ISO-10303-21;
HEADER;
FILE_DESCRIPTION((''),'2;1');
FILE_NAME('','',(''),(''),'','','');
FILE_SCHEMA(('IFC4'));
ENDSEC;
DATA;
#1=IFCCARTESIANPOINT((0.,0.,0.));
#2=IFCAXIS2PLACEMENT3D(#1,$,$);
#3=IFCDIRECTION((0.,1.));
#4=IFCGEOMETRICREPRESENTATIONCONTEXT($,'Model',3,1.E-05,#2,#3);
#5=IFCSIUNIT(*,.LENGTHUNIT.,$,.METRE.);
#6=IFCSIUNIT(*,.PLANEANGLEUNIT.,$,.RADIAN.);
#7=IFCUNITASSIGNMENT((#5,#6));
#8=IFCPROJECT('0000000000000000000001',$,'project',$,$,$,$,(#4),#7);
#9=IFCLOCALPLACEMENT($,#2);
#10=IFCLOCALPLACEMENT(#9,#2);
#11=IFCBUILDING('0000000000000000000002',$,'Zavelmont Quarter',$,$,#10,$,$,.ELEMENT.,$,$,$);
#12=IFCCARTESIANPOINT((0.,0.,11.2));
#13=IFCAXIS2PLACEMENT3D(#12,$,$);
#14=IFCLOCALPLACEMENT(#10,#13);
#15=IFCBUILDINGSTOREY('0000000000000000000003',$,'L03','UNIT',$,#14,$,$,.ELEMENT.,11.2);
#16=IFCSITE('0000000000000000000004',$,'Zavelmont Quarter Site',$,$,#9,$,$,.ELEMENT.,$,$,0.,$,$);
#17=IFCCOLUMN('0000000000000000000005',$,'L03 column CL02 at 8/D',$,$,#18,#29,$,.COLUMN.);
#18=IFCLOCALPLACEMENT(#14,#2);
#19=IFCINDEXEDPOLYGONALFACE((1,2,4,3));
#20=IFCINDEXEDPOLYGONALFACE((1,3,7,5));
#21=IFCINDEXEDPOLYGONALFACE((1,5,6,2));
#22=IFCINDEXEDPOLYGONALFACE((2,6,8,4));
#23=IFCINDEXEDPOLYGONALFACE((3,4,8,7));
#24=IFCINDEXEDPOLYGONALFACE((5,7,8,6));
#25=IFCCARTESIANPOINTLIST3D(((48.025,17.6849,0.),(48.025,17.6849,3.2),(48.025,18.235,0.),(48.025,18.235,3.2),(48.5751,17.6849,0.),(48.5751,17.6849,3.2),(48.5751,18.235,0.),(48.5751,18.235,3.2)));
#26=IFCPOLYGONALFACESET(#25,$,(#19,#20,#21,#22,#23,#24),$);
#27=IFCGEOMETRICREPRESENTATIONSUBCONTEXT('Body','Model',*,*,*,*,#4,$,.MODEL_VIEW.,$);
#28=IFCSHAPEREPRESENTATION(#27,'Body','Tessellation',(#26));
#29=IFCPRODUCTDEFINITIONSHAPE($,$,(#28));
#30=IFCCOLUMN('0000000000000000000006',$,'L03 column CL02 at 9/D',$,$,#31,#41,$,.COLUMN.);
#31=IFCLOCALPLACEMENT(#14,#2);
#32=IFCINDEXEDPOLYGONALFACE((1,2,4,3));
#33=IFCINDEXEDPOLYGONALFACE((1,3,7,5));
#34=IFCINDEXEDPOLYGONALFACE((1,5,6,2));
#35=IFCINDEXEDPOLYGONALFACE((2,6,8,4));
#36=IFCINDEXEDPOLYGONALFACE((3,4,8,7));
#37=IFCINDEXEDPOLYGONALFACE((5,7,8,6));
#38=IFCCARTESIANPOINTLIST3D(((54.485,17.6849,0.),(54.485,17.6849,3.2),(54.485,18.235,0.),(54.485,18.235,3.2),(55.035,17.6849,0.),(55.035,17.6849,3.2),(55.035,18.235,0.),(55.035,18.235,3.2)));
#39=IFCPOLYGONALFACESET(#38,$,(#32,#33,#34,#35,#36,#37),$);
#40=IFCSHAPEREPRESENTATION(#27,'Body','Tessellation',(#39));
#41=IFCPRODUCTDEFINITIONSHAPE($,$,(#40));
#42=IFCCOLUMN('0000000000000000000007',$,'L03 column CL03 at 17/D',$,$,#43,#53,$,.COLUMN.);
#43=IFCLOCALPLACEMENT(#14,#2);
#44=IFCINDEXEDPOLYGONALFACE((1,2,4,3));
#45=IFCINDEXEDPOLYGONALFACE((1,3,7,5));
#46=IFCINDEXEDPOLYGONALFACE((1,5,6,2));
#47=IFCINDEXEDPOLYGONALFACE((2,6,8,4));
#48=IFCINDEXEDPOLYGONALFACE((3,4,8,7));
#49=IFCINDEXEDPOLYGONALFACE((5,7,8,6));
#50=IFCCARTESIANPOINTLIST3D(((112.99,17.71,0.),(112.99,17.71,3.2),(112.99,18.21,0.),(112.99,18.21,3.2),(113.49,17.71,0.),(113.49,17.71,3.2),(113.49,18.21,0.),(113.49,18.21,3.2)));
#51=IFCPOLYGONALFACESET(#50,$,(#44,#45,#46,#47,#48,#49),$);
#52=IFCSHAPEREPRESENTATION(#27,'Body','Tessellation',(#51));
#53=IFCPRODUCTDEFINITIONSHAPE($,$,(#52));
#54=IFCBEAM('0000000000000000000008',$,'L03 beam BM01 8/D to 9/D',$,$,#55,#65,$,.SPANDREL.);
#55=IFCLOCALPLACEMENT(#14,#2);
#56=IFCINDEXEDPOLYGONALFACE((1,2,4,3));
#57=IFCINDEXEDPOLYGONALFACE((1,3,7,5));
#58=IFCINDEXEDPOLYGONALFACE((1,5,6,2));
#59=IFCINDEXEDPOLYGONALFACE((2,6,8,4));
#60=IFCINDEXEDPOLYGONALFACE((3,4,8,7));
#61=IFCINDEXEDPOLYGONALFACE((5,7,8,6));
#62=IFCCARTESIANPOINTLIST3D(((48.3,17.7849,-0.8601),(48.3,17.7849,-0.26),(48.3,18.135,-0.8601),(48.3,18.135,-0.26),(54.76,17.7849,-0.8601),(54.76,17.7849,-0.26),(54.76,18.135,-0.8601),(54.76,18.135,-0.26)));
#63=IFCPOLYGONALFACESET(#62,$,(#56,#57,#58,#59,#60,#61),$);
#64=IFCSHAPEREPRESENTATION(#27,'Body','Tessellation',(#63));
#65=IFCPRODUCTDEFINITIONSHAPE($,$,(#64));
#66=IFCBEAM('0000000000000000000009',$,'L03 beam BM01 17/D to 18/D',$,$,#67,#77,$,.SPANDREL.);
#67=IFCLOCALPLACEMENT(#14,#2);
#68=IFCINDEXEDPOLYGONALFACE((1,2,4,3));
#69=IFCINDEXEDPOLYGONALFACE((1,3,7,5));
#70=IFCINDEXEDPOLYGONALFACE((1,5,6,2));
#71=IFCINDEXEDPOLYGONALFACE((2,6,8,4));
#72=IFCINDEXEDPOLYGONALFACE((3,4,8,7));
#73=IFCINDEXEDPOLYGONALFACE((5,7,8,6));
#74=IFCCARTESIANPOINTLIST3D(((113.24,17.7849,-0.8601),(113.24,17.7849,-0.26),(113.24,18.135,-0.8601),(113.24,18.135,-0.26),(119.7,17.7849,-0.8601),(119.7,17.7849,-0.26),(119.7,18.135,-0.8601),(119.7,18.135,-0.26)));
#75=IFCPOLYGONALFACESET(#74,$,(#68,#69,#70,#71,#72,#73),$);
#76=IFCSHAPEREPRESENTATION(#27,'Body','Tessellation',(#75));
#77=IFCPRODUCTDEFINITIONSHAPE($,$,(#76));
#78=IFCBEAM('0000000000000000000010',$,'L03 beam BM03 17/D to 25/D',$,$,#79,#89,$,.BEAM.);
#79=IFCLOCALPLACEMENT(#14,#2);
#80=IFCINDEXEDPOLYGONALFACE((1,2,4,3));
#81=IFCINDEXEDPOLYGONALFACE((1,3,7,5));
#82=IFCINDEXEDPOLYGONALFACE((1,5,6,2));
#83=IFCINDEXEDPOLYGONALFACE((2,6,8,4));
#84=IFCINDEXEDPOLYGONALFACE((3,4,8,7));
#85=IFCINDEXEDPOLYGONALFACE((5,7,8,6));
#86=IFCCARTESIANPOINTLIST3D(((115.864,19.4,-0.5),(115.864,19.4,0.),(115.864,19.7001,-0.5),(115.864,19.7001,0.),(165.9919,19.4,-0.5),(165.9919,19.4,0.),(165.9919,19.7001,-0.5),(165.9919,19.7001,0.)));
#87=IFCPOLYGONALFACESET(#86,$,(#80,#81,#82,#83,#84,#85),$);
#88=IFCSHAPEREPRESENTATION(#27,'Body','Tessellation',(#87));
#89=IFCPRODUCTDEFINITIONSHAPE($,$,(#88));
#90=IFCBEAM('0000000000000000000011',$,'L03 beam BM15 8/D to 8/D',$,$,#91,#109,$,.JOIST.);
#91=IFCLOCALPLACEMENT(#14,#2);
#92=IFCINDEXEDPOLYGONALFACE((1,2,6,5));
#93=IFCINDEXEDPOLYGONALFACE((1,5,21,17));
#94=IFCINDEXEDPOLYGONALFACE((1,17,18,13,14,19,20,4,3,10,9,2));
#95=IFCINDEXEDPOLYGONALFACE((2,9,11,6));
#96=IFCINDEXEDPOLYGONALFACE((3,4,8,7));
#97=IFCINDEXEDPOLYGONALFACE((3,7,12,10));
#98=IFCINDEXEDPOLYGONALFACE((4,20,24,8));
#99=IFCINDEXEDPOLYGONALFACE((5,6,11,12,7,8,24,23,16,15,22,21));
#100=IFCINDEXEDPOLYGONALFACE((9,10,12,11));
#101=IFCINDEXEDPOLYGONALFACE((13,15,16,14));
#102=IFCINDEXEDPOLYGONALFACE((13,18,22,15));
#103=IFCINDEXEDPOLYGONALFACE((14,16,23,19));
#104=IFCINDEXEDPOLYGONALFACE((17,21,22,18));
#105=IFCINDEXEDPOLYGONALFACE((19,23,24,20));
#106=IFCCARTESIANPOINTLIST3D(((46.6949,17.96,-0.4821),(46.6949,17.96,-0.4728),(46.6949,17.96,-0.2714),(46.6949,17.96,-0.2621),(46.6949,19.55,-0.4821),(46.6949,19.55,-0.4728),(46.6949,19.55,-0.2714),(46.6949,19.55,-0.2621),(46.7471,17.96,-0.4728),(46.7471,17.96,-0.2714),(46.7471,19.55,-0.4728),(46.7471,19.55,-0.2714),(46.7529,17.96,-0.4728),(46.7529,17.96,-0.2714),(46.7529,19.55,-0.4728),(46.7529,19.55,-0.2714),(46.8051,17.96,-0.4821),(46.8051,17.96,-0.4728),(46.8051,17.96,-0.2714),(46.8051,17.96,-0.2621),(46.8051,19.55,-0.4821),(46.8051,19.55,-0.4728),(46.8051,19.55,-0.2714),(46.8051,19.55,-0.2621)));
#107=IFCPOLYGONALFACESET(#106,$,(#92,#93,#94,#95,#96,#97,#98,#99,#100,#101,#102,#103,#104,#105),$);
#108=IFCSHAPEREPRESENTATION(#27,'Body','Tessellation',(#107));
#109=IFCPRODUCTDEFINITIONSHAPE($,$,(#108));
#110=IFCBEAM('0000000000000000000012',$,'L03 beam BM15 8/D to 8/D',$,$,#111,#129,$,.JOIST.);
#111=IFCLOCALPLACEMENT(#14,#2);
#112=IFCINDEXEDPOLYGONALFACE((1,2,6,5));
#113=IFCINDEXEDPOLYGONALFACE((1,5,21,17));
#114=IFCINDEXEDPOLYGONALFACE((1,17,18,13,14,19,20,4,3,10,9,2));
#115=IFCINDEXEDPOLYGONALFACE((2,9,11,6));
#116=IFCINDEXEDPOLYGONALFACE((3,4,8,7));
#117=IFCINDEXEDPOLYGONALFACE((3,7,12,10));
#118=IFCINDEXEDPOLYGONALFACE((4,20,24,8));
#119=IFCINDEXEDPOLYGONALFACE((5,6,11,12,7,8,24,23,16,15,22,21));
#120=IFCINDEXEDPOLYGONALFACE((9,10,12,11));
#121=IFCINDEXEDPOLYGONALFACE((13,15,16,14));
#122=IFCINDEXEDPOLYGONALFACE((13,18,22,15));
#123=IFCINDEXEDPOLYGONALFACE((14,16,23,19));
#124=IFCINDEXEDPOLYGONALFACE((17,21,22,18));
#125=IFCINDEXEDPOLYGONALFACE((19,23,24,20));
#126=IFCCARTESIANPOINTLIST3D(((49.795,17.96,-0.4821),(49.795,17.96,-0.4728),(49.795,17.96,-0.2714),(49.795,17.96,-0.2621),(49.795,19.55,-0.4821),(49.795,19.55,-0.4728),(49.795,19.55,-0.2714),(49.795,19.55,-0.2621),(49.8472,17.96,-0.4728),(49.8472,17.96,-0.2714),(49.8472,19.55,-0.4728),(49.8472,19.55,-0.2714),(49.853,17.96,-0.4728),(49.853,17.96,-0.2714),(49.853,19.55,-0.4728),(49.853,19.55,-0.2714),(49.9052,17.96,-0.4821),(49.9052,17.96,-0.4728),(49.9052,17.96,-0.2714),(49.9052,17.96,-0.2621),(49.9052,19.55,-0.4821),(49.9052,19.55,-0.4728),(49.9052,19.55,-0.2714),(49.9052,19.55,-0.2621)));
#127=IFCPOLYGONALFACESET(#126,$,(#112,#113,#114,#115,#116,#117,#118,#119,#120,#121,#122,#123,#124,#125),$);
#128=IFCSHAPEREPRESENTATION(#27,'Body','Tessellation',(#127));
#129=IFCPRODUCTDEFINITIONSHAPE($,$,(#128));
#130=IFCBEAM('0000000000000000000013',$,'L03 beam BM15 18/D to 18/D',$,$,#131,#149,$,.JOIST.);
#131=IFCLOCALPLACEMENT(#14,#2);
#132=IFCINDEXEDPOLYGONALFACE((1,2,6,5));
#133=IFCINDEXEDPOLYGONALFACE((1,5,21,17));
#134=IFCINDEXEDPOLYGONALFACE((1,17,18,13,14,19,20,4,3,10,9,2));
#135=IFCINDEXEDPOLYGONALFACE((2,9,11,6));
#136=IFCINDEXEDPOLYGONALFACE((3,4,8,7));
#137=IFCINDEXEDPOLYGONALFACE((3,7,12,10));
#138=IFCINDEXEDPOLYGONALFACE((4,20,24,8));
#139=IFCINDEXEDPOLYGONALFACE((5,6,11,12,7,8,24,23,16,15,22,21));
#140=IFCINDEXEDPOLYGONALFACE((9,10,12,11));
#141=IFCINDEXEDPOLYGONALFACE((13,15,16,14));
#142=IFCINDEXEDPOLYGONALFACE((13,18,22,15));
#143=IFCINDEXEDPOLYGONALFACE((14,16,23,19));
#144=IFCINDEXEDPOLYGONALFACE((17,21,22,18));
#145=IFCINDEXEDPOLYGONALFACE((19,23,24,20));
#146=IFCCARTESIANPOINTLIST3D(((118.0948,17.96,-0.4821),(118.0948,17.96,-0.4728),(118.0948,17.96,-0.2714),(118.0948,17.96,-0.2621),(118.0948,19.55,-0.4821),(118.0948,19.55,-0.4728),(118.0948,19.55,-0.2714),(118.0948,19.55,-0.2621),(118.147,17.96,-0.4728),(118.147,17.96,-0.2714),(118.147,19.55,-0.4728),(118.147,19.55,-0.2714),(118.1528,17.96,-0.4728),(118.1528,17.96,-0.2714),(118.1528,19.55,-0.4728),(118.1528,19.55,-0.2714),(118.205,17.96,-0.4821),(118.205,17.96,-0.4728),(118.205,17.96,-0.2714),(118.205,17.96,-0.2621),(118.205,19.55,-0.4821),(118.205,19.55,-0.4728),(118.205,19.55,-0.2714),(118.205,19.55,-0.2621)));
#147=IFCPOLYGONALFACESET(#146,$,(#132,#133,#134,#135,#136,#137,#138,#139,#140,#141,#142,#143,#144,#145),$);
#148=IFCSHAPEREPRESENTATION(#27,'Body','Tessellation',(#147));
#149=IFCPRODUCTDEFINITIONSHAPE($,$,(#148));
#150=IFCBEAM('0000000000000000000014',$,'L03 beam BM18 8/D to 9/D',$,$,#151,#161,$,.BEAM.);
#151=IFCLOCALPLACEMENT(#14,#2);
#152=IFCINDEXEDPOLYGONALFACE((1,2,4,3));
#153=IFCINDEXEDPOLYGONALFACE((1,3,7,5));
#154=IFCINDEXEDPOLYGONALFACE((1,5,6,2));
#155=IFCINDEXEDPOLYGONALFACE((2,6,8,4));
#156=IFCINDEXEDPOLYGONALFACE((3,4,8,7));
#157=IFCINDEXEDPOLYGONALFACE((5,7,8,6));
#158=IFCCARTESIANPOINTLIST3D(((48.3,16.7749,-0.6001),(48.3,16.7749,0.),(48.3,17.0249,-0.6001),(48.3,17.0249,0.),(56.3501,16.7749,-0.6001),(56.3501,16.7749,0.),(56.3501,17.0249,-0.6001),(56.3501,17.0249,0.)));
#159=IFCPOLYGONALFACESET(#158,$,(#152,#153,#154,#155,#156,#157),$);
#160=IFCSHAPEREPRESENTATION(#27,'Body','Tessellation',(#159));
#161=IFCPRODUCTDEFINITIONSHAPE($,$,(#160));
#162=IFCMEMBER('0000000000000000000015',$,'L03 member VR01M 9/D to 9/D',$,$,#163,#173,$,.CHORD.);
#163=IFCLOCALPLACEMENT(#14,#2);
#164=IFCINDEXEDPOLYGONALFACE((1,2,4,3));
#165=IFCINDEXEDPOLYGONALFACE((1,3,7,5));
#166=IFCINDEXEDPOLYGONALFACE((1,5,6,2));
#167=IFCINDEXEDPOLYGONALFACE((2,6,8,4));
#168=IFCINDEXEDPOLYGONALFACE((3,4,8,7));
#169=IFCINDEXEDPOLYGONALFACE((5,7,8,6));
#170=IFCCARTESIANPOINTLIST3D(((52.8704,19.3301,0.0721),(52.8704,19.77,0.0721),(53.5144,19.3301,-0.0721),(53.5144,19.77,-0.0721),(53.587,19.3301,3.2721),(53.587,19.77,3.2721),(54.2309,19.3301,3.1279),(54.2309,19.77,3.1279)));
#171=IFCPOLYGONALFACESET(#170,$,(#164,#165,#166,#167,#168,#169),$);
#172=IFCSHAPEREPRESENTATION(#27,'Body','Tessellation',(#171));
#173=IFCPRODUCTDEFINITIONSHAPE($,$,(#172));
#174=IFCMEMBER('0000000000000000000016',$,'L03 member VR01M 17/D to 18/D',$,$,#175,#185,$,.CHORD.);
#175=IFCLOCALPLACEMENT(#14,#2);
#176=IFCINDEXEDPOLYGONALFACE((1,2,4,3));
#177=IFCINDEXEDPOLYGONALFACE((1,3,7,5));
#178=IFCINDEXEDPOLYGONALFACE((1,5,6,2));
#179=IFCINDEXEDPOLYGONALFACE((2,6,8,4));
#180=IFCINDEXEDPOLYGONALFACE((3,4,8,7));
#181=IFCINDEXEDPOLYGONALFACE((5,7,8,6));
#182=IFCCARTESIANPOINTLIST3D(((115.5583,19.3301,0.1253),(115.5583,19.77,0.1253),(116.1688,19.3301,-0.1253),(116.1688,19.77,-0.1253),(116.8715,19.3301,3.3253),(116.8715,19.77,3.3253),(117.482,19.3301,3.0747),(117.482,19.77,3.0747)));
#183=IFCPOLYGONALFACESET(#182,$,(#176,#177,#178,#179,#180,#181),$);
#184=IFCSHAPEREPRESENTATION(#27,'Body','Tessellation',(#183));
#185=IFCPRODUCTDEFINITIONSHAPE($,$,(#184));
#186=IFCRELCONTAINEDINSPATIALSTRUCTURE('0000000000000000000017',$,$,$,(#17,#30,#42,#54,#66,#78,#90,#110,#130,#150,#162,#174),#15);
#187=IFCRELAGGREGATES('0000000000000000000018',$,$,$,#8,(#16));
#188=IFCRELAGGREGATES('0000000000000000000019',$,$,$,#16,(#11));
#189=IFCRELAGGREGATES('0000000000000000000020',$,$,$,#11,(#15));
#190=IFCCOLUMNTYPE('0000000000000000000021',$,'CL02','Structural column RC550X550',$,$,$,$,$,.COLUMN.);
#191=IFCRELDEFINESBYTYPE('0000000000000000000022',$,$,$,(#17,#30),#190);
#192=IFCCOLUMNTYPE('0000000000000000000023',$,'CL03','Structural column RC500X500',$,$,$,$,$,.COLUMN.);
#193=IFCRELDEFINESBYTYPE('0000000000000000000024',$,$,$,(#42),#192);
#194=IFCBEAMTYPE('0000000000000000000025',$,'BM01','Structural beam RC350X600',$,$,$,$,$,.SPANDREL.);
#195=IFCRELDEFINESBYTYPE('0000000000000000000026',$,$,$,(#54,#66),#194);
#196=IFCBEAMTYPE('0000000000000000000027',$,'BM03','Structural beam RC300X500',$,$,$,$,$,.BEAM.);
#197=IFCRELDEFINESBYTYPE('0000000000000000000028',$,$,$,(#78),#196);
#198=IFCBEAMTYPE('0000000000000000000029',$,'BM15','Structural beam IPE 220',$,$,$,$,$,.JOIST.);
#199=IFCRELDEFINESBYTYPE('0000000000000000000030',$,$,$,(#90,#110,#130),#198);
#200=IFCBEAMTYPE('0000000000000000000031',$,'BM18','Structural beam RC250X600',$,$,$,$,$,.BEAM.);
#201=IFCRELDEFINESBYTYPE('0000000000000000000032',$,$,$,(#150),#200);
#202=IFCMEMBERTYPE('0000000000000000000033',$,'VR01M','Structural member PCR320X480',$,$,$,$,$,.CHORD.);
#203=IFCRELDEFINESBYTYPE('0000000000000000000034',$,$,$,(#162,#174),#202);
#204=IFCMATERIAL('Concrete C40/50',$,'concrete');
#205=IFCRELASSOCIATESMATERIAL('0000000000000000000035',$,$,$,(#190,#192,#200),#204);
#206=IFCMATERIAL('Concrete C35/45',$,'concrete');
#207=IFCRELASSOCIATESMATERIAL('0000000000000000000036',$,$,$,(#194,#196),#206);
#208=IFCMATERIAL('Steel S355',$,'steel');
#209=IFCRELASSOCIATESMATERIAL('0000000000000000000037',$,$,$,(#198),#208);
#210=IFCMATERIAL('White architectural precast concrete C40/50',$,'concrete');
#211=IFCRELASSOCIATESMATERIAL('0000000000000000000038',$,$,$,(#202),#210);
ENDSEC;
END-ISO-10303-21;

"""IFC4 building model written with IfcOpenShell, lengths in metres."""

from ifc_helpers import new_model, si_unit, direction, frame, origin, origin_2d, place, context, subcontext, project, spatial, rectangle, i_section, extrude, material, material_profile, profile_set, type_object, element, save


model = new_model("IFC4")

# Units and contexts
model_context = context("Model", 3, precision=1e-05, world=origin(), true_north=direction((0.0, 1.0)))
body_context = subcontext(model_context, "Body", "Model", "MODEL_VIEW")
ifc_project = project(units=[si_unit("LENGTHUNIT", "METRE"), si_unit("PLANEANGLEUNIT", "RADIAN")], contexts=[model_context])

# Site, building, storey
site_placement = place(None, origin())
site = spatial("IfcSite", under=ifc_project, at=site_placement, Name="Zavelmont Quarter Site", CompositionType="ELEMENT", RefElevation=0.0)
building_placement = place(site_placement, origin())
building = spatial("IfcBuilding", under=site, at=building_placement, Name="Zavelmont Quarter", CompositionType="ELEMENT")
storey_placement = place(building_placement, frame((0.0, 0.0, 11.2)))
storey = spatial("IfcBuildingStorey", under=building, at=storey_placement, Name="L03", Description="UNIT", CompositionType="ELEMENT", Elevation=11.2)

# Columns
ifc_material_1 = material(Name="Concrete C40/50", Category="concrete")
ifc_material_profile_1 = material_profile(ifc_material_1, rectangle(XDim=0.55, YDim=0.55, at=origin_2d()), Name="RC550X550")
ifc_profile_set_1 = profile_set([ifc_material_profile_1], Name="Concrete C40/50")
column_type_1 = type_object("IfcColumnType", Name="CL02", Description="Structural column RC550X550", PredefinedType="COLUMN", material=ifc_profile_set_1)
for number, where, z_axis, x_axis, name in (
    (1, (48.3, 17.96, 0.0), (0.0, 0.0, 1.0), (1.0, 0.0, 0.0), "L03 column CL02 at 8/D"),
    (2, (54.76, 17.96, 0.0), (0.0, 0.0, 1.0), (1.0, 0.0, 0.0), "L03 column CL02 at 9/D"),
):
    element("IfcColumn", number, at=place(storey_placement, frame(where, z_axis=z_axis, x_axis=x_axis)), inside=storey, type_object=column_type_1, Name=name, PredefinedType="COLUMN", context=body_context, shape_type="SweptSolid", body=[
        extrude(rectangle(XDim=0.55, YDim=0.55, at=origin_2d()), origin(), (0.0, 0.0, 1.0), 3.2),
    ])
ifc_material_profile_2 = material_profile(ifc_material_1, rectangle(XDim=0.5, YDim=0.5, at=origin_2d()), Name="RC500X500")
ifc_profile_set_2 = profile_set([ifc_material_profile_2], Name="Concrete C40/50")
column_type_2 = type_object("IfcColumnType", Name="CL03", Description="Structural column RC500X500", PredefinedType="COLUMN", material=ifc_profile_set_2)
column_placement = place(storey_placement, frame((113.24, 17.96, 0.0), z_axis=(0.0, 0.0, 1.0), x_axis=(1.0, 0.0, 0.0)))
element("IfcColumn", 3, at=column_placement, inside=storey, type_object=column_type_2, Name="L03 column CL03 at 17/D", PredefinedType="COLUMN", context=body_context, shape_type="SweptSolid", body=[
    extrude(rectangle(XDim=0.5, YDim=0.5, at=origin_2d()), origin(), (0.0, 0.0, 1.0), 3.2),
])

# Beams
ifc_material_2 = material(Name="Concrete C35/45", Category="concrete")
ifc_material_profile_3 = material_profile(ifc_material_2, rectangle(XDim=0.3501, YDim=0.6001, at=origin_2d()), Name="RC350X600")
ifc_profile_set_3 = profile_set([ifc_material_profile_3], Name="Concrete C35/45")
beam_type_1 = type_object("IfcBeamType", Name="BM01", Description="Structural beam RC350X600", PredefinedType="SPANDREL", material=ifc_profile_set_3)
for number, where, z_axis, x_axis, name in (
    (4, (48.3, 17.96, -0.5601), (1.0, 0.0, 0.0), (0.0, 1.0, 0.0), "L03 beam BM01 8/D to 9/D"),
    (5, (113.24, 17.96, -0.5601), (1.0, 0.0, 0.0), (0.0, 1.0, 0.0), "L03 beam BM01 17/D to 18/D"),
):
    element("IfcBeam", number, at=place(storey_placement, frame(where, z_axis=z_axis, x_axis=x_axis)), inside=storey, type_object=beam_type_1, Name=name, PredefinedType="SPANDREL", context=body_context, shape_type="SweptSolid", body=[
        extrude(rectangle(XDim=0.3501, YDim=0.6001, at=origin_2d()), origin(), (0.0, 0.0, 1.0), 6.46),
    ])
ifc_material_profile_4 = material_profile(ifc_material_2, rectangle(XDim=0.3, YDim=0.5, at=origin_2d()), Name="RC300X500")
ifc_profile_set_4 = profile_set([ifc_material_profile_4], Name="Concrete C35/45")
beam_type_2 = type_object("IfcBeamType", Name="BM03", Description="Structural beam RC300X500", PredefinedType="BEAM", material=ifc_profile_set_4)
beam_1_placement = place(storey_placement, frame((115.864, 19.55, -0.25), z_axis=(1.0, 0.0, 0.0), x_axis=(0.0, 1.0, 0.0)))
element("IfcBeam", 6, at=beam_1_placement, inside=storey, type_object=beam_type_2, Name="L03 beam BM03 17/D to 25/D", PredefinedType="BEAM", context=body_context, shape_type="SweptSolid", body=[
    extrude(rectangle(XDim=0.3, YDim=0.5, at=origin_2d()), origin(), (0.0, 0.0, 1.0), 50.1279),
])
ifc_material_3 = material(Name="Steel S355", Category="steel")
ifc_material_profile_5 = material_profile(ifc_material_3, i_section(OverallWidth=0.1101, OverallDepth=0.22, WebThickness=0.0059, FlangeThickness=0.0093, at=origin_2d()), Name="IPE 220")
ifc_profile_set_5 = profile_set([ifc_material_profile_5], Name="Steel S355")
beam_type_3 = type_object("IfcBeamType", Name="BM15", Description="Structural beam IPE 220", PredefinedType="JOIST", material=ifc_profile_set_5)
for number, where, z_axis, x_axis, name in (
    (7, (46.75, 17.96, -0.3721), (0.0, 1.0, 0.0), (-1.0, 0.0, 0.0), "L03 beam BM15 8/D to 8/D"),
    (8, (49.8501, 17.96, -0.3721), (0.0, 1.0, 0.0), (-1.0, 0.0, 0.0), "L03 beam BM15 8/D to 8/D"),
    (9, (118.1499, 17.96, -0.3721), (0.0, 1.0, 0.0), (-1.0, 0.0, 0.0), "L03 beam BM15 18/D to 18/D"),
):
    element("IfcBeam", number, at=place(storey_placement, frame(where, z_axis=z_axis, x_axis=x_axis)), inside=storey, type_object=beam_type_3, Name=name, PredefinedType="JOIST", context=body_context, shape_type="SweptSolid", body=[
        extrude(i_section(OverallWidth=0.1101, OverallDepth=0.22, WebThickness=0.0059, FlangeThickness=0.0093, at=origin_2d()), origin(), (0.0, 0.0, 1.0), 1.5901),
    ])
ifc_material_profile_6 = material_profile(ifc_material_1, rectangle(XDim=0.25, YDim=0.6001, at=origin_2d()), Name="RC250X600")
ifc_profile_set_6 = profile_set([ifc_material_profile_6], Name="Concrete C40/50")
beam_type_4 = type_object("IfcBeamType", Name="BM18", Description="Structural beam RC250X600", PredefinedType="BEAM", material=ifc_profile_set_6)
beam_2_placement = place(storey_placement, frame((48.3, 16.8999, -0.3), z_axis=(1.0, 0.0, 0.0), x_axis=(0.0, 1.0, 0.0)))
element("IfcBeam", 10, at=beam_2_placement, inside=storey, type_object=beam_type_4, Name="L03 beam BM18 8/D to 9/D", PredefinedType="BEAM", context=body_context, shape_type="SweptSolid", body=[
    extrude(rectangle(XDim=0.25, YDim=0.6001, at=origin_2d()), origin(), (0.0, 0.0, 1.0), 8.05),
])

# Members
ifc_material_4 = material(Name="White architectural precast concrete C40/50", Category="concrete")
ifc_material_profile_7 = material_profile(ifc_material_4, rectangle(XDim=0.4399, YDim=0.6599, at=origin_2d()), Name="PCR320X480")
ifc_profile_set_7 = profile_set([ifc_material_profile_7], Name="White architectural precast concrete C40/50")
member_type = type_object("IfcMemberType", Name="VR01M", Description="Structural member PCR320X480", PredefinedType="CHORD", material=ifc_profile_set_7)
member_1_placement = place(storey_placement, frame((53.1924, 19.55, 0.0), z_axis=(0.218515, 0.0, 0.975834), x_axis=(0.0, 1.0, 0.0)))
element("IfcMember", 11, at=member_1_placement, inside=storey, type_object=member_type, Name="L03 member VR01M 9/D to 9/D", PredefinedType="CHORD", context=body_context, shape_type="SweptSolid", body=[
    extrude(rectangle(XDim=0.4399, YDim=0.6599, at=origin_2d()), origin(), (0.0, 0.0, 1.0), 3.2793),
])
member_2_placement = place(storey_placement, frame((115.8635, 19.55, 0.0), z_axis=(0.379663, 0.0, 0.925125), x_axis=(0.0, 1.0, 0.0)))
element("IfcMember", 12, at=member_2_placement, inside=storey, type_object=member_type, Name="L03 member VR01M 17/D to 18/D", PredefinedType="CHORD", context=body_context, shape_type="SweptSolid", body=[
    extrude(rectangle(XDim=0.4399, YDim=0.6599, at=origin_2d()), origin(), (0.0, 0.0, 1.0), 3.459),
])

save(model, "model.ifc")
